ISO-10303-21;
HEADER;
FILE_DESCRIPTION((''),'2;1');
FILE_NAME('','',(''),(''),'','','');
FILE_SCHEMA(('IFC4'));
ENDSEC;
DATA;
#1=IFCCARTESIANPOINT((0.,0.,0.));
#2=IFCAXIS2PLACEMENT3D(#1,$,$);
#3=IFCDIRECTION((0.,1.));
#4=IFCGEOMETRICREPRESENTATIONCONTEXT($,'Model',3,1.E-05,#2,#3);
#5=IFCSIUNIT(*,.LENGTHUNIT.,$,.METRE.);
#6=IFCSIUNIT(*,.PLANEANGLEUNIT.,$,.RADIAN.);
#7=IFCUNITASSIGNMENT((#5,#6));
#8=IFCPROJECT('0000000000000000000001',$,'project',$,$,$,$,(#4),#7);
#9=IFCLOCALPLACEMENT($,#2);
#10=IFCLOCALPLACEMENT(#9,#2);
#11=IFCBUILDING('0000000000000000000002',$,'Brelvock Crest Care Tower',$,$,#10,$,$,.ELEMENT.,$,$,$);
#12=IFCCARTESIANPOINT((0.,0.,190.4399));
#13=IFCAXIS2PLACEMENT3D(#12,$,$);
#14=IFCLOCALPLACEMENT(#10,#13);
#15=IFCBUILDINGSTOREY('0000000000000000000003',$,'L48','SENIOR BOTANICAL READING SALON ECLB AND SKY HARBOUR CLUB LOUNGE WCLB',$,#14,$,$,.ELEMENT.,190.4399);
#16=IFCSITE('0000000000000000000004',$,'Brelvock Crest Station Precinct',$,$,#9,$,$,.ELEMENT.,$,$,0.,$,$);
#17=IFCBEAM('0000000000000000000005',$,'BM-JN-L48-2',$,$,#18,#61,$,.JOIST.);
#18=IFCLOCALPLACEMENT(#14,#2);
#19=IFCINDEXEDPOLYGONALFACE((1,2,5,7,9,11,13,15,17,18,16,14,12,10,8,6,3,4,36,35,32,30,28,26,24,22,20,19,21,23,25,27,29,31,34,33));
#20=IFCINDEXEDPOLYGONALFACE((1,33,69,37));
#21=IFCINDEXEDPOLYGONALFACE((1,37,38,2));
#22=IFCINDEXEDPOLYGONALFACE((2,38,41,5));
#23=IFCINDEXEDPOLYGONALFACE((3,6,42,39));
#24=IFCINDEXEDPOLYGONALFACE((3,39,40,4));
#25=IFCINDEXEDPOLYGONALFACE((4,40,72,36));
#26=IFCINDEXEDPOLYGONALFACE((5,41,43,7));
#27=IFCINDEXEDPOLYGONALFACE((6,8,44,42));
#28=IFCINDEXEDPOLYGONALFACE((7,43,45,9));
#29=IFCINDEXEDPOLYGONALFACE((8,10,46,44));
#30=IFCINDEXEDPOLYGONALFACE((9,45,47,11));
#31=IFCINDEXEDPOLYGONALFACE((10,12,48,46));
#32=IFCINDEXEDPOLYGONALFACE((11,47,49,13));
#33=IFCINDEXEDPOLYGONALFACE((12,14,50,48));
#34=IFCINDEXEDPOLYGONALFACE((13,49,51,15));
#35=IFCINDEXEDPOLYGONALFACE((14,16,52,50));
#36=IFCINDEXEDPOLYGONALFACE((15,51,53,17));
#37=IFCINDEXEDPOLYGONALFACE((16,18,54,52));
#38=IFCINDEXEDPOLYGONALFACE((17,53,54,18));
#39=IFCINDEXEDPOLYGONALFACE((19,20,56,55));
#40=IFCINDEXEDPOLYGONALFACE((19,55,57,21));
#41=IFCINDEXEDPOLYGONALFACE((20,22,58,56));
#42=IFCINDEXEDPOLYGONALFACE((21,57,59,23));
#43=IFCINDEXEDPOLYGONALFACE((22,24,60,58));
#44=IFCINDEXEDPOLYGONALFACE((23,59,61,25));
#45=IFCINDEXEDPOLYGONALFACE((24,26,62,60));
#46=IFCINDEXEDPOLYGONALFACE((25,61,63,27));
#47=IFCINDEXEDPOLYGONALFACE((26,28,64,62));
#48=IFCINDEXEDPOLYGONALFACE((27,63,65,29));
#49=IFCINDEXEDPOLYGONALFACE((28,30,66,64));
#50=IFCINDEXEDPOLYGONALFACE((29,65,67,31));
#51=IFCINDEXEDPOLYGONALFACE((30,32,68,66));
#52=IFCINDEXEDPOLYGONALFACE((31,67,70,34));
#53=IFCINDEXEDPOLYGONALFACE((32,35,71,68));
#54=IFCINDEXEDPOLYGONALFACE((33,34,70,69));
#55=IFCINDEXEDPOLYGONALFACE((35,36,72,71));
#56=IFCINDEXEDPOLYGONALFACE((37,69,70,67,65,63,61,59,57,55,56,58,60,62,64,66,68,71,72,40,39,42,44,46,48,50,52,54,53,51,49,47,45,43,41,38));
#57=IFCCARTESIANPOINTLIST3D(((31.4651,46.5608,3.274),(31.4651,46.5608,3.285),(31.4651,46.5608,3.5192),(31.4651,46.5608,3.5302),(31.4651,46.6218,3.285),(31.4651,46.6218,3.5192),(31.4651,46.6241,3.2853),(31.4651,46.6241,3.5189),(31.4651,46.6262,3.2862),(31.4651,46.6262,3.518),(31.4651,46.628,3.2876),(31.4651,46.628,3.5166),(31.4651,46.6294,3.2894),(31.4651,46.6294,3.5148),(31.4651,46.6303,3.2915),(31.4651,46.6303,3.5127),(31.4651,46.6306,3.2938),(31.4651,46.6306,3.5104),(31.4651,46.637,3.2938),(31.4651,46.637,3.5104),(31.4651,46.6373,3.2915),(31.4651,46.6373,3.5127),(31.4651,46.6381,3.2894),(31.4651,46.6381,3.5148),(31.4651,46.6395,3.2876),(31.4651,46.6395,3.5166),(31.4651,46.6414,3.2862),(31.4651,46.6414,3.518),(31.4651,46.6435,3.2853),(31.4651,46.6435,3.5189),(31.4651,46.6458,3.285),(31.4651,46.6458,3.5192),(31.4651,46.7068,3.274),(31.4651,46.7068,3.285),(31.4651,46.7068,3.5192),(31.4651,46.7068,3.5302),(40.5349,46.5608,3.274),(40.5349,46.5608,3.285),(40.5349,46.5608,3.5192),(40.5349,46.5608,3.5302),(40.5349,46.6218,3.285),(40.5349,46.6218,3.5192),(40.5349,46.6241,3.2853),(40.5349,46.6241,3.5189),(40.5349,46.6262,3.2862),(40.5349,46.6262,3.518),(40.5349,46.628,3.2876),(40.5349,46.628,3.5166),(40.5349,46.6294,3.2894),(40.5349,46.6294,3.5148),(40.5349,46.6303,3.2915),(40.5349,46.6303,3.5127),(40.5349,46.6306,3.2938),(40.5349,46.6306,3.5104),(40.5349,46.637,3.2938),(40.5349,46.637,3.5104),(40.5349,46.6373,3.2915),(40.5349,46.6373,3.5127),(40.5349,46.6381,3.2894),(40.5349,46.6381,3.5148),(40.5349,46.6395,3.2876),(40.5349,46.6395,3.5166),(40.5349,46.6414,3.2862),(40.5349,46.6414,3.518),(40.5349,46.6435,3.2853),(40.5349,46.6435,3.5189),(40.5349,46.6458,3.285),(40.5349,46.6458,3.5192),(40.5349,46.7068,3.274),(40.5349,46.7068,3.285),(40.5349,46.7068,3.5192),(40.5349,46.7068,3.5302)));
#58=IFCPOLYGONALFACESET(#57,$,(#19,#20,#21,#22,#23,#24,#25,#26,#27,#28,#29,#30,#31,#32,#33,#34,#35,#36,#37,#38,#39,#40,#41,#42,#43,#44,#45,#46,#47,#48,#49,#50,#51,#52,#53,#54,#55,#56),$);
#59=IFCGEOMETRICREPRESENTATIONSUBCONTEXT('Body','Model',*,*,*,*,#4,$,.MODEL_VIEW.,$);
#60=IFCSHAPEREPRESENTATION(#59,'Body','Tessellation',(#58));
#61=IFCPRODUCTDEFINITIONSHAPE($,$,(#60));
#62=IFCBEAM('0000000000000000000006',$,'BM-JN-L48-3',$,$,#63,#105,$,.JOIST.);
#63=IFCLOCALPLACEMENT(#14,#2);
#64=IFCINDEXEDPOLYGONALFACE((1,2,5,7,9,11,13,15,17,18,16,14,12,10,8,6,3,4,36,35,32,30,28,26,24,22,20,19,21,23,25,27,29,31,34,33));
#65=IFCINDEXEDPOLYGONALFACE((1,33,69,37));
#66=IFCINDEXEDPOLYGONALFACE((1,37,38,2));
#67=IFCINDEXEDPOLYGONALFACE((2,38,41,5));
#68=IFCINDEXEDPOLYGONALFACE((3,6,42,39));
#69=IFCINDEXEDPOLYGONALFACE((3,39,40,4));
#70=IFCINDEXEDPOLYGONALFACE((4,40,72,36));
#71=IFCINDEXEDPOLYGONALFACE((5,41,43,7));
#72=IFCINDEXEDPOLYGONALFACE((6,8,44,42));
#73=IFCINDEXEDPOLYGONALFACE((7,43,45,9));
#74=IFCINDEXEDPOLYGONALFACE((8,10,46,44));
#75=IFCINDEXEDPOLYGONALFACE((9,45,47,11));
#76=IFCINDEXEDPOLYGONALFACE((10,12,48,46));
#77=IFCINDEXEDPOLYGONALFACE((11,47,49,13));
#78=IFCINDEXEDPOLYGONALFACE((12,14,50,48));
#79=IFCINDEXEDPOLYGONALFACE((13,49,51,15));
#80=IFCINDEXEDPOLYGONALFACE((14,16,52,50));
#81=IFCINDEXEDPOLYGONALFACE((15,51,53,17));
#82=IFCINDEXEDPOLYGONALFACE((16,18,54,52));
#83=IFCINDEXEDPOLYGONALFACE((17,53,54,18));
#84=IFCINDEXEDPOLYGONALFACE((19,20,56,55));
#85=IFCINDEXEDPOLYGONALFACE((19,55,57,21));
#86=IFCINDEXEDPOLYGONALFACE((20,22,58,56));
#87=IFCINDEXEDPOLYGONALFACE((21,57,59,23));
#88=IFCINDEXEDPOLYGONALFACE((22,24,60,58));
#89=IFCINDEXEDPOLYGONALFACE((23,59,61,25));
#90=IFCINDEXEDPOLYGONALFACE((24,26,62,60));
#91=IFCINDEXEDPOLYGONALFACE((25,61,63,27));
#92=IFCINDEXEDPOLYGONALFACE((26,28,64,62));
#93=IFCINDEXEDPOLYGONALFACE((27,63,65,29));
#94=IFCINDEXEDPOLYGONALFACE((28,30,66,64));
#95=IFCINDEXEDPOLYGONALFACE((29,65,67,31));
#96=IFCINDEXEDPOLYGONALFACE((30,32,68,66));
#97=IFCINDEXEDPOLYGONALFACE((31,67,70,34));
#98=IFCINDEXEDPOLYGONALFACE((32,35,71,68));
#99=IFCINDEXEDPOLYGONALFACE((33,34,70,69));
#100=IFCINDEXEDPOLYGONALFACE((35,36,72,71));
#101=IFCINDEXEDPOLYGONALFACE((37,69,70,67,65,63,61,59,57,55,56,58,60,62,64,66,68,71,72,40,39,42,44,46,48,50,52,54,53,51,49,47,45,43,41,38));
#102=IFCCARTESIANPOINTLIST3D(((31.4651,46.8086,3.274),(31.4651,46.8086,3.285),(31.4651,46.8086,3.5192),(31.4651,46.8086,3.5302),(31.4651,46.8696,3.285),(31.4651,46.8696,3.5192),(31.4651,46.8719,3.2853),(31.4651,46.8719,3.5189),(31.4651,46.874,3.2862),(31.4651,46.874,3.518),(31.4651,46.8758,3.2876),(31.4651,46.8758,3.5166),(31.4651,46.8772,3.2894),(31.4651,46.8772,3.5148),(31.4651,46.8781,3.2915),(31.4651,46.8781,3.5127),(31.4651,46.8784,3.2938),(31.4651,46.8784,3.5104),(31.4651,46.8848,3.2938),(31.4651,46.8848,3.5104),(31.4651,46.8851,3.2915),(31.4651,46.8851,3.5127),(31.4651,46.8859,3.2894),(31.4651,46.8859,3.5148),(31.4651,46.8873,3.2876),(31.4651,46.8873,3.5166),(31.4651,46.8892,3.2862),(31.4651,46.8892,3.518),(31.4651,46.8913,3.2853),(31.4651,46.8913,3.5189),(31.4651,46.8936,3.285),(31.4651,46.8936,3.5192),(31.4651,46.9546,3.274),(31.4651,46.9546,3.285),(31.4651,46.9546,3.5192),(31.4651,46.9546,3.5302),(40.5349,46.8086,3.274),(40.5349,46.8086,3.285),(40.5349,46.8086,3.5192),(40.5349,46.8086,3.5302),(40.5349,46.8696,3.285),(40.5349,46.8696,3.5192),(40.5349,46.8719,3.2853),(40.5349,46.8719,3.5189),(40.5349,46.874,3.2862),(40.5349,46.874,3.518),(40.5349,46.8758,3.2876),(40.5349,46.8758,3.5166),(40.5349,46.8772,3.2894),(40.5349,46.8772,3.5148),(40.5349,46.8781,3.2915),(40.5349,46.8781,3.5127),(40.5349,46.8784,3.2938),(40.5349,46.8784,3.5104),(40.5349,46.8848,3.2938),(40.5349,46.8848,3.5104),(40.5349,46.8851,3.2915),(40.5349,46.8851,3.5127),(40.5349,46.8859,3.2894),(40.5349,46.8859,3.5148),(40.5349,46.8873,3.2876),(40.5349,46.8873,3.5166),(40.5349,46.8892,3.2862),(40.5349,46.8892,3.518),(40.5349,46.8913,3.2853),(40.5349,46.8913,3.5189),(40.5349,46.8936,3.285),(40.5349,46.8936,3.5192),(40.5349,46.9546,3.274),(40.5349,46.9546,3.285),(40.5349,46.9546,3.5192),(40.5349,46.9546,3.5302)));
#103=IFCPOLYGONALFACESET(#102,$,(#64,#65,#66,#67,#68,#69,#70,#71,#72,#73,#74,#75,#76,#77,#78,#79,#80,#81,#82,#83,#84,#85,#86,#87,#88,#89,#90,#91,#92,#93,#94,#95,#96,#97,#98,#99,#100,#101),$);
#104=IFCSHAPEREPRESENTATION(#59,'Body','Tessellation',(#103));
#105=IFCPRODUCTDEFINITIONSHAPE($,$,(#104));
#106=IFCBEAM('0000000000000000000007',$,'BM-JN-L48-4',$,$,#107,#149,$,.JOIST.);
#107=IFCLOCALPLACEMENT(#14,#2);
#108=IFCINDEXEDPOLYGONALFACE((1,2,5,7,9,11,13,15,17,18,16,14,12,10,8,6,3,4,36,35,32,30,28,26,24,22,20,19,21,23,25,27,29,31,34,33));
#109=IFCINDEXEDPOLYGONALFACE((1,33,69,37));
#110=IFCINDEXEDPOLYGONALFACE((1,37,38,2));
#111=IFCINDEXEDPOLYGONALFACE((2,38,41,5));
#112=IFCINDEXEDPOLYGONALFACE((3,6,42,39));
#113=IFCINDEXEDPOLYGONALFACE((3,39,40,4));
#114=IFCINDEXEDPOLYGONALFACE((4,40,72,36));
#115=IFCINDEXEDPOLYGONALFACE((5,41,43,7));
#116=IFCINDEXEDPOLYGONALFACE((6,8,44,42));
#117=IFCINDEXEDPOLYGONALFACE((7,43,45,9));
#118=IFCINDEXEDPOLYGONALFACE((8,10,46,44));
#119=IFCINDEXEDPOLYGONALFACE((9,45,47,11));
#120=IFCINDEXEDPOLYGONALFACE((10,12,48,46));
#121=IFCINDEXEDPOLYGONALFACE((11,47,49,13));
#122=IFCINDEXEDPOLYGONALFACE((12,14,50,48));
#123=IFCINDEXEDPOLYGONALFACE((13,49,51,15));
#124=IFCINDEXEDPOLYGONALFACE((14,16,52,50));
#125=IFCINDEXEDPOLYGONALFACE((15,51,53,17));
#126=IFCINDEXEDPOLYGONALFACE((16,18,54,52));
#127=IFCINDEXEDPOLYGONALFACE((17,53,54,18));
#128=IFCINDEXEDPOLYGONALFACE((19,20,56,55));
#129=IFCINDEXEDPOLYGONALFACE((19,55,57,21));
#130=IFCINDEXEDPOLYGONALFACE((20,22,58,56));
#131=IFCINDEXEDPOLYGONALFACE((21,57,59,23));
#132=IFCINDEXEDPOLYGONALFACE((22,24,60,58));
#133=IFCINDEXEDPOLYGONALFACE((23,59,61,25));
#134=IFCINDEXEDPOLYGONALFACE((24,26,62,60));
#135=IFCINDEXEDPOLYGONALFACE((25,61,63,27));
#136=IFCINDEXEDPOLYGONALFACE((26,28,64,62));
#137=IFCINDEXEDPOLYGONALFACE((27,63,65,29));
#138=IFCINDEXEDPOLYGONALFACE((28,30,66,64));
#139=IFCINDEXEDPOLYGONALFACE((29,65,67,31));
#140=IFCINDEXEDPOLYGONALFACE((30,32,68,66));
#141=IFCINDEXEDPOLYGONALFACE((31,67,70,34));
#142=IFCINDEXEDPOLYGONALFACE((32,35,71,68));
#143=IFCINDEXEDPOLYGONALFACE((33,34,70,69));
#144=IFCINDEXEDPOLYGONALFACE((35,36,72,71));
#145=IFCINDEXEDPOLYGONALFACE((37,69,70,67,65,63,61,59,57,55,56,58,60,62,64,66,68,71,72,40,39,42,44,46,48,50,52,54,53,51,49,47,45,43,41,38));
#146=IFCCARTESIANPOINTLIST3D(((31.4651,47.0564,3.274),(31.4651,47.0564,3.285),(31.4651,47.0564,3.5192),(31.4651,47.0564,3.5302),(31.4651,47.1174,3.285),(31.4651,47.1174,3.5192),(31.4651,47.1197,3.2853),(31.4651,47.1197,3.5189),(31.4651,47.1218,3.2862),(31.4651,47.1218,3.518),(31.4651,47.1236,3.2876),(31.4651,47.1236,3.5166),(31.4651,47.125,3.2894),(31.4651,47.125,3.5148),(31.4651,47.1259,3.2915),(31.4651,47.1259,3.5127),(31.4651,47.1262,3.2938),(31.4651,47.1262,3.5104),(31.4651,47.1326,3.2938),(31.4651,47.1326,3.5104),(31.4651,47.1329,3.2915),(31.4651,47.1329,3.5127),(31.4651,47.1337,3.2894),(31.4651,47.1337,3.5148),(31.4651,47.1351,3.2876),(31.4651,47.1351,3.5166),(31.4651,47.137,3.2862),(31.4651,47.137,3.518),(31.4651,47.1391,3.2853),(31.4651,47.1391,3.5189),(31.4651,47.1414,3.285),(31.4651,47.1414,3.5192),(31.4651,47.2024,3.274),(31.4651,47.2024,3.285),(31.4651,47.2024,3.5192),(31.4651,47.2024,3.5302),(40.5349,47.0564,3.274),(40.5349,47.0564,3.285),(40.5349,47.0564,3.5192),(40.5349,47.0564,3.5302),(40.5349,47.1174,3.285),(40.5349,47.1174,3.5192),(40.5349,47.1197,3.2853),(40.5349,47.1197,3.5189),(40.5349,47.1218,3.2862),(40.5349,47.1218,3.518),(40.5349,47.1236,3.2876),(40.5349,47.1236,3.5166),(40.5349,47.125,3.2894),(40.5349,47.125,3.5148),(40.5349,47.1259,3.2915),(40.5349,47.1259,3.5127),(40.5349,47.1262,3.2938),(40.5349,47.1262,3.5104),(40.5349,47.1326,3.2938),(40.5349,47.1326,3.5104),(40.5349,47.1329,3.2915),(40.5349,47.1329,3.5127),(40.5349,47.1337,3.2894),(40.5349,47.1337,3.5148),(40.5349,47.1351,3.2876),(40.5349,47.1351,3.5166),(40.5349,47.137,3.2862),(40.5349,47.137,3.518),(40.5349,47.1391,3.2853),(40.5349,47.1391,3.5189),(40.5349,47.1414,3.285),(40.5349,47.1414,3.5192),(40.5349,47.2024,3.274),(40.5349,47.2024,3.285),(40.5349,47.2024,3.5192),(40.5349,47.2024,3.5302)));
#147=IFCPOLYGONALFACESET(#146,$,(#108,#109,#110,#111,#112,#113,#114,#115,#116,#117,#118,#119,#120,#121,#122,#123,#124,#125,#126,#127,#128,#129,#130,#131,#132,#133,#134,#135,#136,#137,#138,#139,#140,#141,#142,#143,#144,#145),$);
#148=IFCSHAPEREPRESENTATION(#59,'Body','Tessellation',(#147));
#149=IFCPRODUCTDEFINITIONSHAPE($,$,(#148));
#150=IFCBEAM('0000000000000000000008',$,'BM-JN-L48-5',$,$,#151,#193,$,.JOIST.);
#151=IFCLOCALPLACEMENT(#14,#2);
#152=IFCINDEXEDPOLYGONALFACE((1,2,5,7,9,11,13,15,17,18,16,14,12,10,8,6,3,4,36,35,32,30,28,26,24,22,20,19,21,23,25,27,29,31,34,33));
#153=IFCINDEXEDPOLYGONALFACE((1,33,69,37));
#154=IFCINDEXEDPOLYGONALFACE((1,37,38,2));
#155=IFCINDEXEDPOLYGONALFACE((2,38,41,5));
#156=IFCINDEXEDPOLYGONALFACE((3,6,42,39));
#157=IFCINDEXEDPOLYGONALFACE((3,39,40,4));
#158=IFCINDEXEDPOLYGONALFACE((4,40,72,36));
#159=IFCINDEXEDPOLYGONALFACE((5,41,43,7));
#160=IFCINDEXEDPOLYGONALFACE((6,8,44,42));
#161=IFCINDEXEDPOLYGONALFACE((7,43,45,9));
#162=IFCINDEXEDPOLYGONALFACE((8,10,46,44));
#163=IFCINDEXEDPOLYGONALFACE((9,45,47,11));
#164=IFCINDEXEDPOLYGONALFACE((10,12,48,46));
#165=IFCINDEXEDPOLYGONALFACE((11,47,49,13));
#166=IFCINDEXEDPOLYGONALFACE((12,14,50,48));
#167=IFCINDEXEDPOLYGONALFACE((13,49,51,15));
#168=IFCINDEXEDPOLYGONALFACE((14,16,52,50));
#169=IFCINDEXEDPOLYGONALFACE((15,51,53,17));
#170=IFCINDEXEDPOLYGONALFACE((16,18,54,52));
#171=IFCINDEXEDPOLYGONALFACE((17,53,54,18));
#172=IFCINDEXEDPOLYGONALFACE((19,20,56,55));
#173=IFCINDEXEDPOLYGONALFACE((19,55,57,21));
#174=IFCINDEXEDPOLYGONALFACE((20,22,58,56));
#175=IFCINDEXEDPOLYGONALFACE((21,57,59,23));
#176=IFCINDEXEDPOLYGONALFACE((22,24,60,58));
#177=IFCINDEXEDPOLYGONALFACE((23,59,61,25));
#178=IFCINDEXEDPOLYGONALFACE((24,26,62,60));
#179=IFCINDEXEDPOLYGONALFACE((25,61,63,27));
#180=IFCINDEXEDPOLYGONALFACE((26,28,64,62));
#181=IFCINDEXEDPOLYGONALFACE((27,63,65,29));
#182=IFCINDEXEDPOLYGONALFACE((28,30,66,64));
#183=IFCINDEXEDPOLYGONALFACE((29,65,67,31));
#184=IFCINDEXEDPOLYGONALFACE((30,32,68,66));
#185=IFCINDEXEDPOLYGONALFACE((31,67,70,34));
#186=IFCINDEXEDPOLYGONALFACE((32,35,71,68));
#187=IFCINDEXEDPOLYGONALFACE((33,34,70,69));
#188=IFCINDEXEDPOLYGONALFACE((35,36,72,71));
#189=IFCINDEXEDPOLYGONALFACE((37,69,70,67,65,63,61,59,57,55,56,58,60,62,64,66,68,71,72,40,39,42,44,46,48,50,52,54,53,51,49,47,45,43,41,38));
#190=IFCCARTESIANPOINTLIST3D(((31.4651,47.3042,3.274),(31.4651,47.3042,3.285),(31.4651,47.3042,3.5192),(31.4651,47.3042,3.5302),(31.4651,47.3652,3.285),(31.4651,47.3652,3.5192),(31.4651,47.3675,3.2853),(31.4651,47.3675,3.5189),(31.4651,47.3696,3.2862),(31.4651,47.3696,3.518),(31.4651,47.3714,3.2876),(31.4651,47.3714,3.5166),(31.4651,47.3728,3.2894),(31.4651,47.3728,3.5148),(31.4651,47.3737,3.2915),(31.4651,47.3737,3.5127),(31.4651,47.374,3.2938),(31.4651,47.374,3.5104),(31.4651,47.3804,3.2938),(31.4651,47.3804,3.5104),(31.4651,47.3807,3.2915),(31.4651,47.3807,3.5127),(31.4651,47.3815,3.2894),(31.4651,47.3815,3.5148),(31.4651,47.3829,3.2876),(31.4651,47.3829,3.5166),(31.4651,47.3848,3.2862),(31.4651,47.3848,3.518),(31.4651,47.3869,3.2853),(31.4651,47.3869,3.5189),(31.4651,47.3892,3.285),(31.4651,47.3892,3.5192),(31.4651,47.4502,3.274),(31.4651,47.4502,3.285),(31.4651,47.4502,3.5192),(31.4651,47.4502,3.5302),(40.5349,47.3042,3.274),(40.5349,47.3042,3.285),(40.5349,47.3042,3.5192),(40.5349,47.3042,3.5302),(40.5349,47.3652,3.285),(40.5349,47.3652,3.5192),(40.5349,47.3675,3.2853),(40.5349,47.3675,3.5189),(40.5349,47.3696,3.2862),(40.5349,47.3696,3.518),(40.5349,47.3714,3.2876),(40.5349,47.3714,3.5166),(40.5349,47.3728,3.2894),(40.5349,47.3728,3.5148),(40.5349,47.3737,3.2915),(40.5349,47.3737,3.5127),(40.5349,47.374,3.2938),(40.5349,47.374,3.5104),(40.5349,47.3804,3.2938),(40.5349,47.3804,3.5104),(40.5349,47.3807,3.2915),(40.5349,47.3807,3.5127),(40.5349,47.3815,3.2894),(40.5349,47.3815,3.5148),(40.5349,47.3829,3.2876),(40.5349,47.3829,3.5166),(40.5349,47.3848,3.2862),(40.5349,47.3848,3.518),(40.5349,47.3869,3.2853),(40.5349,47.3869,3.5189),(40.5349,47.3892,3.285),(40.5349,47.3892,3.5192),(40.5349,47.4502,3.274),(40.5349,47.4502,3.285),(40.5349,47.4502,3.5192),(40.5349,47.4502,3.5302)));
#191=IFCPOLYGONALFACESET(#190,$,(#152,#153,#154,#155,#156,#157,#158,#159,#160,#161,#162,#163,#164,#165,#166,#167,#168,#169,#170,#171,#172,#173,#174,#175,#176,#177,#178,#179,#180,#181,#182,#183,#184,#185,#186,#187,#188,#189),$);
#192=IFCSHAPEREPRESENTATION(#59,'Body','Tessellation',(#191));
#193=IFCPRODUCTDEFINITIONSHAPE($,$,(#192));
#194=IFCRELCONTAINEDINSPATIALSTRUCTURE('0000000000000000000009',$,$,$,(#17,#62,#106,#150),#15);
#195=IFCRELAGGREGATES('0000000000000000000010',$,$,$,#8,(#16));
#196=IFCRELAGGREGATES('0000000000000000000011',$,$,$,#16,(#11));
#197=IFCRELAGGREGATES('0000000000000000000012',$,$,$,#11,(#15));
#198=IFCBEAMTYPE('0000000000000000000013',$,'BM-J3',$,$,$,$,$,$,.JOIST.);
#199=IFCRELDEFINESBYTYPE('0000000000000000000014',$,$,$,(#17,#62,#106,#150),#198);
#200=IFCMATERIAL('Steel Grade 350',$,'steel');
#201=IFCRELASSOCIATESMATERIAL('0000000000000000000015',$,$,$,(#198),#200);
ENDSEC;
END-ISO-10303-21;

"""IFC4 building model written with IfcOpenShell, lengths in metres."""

from ifc_helpers import new_model, si_unit, direction, frame, origin, origin_2d, place, context, subcontext, project, spatial, i_section, extrude, source, transform, mapped, material, material_profile, profile_set, type_object, element, save


model = new_model("IFC4")

# Units and contexts
model_context = context("Model", 3, precision=1e-05, world=origin(), true_north=direction((0.0, 1.0)))
body_context = subcontext(model_context, "Body", "Model", "MODEL_VIEW")
ifc_project = project(units=[si_unit("LENGTHUNIT", "METRE"), si_unit("PLANEANGLEUNIT", "RADIAN")], contexts=[model_context])

# Site, building, storey
site_placement = place(None, origin())
site = spatial("IfcSite", under=ifc_project, at=site_placement, Name="Brelvock Crest Station Precinct", CompositionType="ELEMENT", RefElevation=0.0)
building_placement = place(site_placement, origin())
building = spatial("IfcBuilding", under=site, at=building_placement, Name="Brelvock Crest Care Tower", CompositionType="ELEMENT")
storey_placement = place(building_placement, frame((0.0, 0.0, 190.4399)))
storey = spatial("IfcBuildingStorey", under=building, at=storey_placement, Name="L48", Description="SENIOR BOTANICAL READING SALON ECLB AND SKY HARBOUR CLUB LOUNGE WCLB", CompositionType="ELEMENT", Elevation=190.4399)

# Shared definitions
ifc_material_1 = material(Name="Steel Grade 350", Category="steel")

# Beams
ifc_material_profile_1 = material_profile(ifc_material_1, i_section(OverallWidth=0.146, OverallDepth=0.2561, WebThickness=0.0063, FlangeThickness=0.011, FilletRadius=0.0088, at=origin_2d()), Name="250UB37.3")
ifc_profile_set_1 = profile_set([ifc_material_profile_1], Name="Steel Grade 350")
beam_type_1 = type_object("IfcBeamType", Name="BM-J3", PredefinedType="JOIST", material=ifc_profile_set_1)
shared_shape_1 = source(origin(), body_context, "Body", "SweptSolid", [
    extrude(i_section(OverallWidth=0.146, OverallDepth=0.2561, WebThickness=0.0063, FlangeThickness=0.011, FilletRadius=0.0088, at=origin_2d()), origin(), (0.0, 0.0, 1.0), 9.0698),
])
for number, where, z_axis, x_axis, name in (
    (1, (31.4651, 46.6338, 3.4021), (1.0, 0.0, 0.0), (0.0, 1.0, 0.0), "BM-JN-L48-2"),
    (2, (31.4651, 46.8816, 3.4021), (1.0, 0.0, 0.0), (0.0, 1.0, 0.0), "BM-JN-L48-3"),
    (3, (31.4651, 47.1294, 3.4021), (1.0, 0.0, 0.0), (0.0, 1.0, 0.0), "BM-JN-L48-4"),
    (4, (31.4651, 47.3772, 3.4021), (1.0, 0.0, 0.0), (0.0, 1.0, 0.0), "BM-JN-L48-5"),
):
    element("IfcBeam", number, at=place(storey_placement, frame(where, z_axis=z_axis, x_axis=x_axis)), inside=storey, type_object=beam_type_1, Name=name, PredefinedType="JOIST", context=body_context, shape_type="MappedRepresentation", body=[
        mapped(shared_shape_1, transform((0.0, 0.0, 0.0), x_axis=(1.0, 0.0, 0.0), y_axis=(0.0, 1.0, 0.0), z_axis=(0.0, 0.0, 1.0), scale=1.0)),
    ])

save(model, "model.ifc")
